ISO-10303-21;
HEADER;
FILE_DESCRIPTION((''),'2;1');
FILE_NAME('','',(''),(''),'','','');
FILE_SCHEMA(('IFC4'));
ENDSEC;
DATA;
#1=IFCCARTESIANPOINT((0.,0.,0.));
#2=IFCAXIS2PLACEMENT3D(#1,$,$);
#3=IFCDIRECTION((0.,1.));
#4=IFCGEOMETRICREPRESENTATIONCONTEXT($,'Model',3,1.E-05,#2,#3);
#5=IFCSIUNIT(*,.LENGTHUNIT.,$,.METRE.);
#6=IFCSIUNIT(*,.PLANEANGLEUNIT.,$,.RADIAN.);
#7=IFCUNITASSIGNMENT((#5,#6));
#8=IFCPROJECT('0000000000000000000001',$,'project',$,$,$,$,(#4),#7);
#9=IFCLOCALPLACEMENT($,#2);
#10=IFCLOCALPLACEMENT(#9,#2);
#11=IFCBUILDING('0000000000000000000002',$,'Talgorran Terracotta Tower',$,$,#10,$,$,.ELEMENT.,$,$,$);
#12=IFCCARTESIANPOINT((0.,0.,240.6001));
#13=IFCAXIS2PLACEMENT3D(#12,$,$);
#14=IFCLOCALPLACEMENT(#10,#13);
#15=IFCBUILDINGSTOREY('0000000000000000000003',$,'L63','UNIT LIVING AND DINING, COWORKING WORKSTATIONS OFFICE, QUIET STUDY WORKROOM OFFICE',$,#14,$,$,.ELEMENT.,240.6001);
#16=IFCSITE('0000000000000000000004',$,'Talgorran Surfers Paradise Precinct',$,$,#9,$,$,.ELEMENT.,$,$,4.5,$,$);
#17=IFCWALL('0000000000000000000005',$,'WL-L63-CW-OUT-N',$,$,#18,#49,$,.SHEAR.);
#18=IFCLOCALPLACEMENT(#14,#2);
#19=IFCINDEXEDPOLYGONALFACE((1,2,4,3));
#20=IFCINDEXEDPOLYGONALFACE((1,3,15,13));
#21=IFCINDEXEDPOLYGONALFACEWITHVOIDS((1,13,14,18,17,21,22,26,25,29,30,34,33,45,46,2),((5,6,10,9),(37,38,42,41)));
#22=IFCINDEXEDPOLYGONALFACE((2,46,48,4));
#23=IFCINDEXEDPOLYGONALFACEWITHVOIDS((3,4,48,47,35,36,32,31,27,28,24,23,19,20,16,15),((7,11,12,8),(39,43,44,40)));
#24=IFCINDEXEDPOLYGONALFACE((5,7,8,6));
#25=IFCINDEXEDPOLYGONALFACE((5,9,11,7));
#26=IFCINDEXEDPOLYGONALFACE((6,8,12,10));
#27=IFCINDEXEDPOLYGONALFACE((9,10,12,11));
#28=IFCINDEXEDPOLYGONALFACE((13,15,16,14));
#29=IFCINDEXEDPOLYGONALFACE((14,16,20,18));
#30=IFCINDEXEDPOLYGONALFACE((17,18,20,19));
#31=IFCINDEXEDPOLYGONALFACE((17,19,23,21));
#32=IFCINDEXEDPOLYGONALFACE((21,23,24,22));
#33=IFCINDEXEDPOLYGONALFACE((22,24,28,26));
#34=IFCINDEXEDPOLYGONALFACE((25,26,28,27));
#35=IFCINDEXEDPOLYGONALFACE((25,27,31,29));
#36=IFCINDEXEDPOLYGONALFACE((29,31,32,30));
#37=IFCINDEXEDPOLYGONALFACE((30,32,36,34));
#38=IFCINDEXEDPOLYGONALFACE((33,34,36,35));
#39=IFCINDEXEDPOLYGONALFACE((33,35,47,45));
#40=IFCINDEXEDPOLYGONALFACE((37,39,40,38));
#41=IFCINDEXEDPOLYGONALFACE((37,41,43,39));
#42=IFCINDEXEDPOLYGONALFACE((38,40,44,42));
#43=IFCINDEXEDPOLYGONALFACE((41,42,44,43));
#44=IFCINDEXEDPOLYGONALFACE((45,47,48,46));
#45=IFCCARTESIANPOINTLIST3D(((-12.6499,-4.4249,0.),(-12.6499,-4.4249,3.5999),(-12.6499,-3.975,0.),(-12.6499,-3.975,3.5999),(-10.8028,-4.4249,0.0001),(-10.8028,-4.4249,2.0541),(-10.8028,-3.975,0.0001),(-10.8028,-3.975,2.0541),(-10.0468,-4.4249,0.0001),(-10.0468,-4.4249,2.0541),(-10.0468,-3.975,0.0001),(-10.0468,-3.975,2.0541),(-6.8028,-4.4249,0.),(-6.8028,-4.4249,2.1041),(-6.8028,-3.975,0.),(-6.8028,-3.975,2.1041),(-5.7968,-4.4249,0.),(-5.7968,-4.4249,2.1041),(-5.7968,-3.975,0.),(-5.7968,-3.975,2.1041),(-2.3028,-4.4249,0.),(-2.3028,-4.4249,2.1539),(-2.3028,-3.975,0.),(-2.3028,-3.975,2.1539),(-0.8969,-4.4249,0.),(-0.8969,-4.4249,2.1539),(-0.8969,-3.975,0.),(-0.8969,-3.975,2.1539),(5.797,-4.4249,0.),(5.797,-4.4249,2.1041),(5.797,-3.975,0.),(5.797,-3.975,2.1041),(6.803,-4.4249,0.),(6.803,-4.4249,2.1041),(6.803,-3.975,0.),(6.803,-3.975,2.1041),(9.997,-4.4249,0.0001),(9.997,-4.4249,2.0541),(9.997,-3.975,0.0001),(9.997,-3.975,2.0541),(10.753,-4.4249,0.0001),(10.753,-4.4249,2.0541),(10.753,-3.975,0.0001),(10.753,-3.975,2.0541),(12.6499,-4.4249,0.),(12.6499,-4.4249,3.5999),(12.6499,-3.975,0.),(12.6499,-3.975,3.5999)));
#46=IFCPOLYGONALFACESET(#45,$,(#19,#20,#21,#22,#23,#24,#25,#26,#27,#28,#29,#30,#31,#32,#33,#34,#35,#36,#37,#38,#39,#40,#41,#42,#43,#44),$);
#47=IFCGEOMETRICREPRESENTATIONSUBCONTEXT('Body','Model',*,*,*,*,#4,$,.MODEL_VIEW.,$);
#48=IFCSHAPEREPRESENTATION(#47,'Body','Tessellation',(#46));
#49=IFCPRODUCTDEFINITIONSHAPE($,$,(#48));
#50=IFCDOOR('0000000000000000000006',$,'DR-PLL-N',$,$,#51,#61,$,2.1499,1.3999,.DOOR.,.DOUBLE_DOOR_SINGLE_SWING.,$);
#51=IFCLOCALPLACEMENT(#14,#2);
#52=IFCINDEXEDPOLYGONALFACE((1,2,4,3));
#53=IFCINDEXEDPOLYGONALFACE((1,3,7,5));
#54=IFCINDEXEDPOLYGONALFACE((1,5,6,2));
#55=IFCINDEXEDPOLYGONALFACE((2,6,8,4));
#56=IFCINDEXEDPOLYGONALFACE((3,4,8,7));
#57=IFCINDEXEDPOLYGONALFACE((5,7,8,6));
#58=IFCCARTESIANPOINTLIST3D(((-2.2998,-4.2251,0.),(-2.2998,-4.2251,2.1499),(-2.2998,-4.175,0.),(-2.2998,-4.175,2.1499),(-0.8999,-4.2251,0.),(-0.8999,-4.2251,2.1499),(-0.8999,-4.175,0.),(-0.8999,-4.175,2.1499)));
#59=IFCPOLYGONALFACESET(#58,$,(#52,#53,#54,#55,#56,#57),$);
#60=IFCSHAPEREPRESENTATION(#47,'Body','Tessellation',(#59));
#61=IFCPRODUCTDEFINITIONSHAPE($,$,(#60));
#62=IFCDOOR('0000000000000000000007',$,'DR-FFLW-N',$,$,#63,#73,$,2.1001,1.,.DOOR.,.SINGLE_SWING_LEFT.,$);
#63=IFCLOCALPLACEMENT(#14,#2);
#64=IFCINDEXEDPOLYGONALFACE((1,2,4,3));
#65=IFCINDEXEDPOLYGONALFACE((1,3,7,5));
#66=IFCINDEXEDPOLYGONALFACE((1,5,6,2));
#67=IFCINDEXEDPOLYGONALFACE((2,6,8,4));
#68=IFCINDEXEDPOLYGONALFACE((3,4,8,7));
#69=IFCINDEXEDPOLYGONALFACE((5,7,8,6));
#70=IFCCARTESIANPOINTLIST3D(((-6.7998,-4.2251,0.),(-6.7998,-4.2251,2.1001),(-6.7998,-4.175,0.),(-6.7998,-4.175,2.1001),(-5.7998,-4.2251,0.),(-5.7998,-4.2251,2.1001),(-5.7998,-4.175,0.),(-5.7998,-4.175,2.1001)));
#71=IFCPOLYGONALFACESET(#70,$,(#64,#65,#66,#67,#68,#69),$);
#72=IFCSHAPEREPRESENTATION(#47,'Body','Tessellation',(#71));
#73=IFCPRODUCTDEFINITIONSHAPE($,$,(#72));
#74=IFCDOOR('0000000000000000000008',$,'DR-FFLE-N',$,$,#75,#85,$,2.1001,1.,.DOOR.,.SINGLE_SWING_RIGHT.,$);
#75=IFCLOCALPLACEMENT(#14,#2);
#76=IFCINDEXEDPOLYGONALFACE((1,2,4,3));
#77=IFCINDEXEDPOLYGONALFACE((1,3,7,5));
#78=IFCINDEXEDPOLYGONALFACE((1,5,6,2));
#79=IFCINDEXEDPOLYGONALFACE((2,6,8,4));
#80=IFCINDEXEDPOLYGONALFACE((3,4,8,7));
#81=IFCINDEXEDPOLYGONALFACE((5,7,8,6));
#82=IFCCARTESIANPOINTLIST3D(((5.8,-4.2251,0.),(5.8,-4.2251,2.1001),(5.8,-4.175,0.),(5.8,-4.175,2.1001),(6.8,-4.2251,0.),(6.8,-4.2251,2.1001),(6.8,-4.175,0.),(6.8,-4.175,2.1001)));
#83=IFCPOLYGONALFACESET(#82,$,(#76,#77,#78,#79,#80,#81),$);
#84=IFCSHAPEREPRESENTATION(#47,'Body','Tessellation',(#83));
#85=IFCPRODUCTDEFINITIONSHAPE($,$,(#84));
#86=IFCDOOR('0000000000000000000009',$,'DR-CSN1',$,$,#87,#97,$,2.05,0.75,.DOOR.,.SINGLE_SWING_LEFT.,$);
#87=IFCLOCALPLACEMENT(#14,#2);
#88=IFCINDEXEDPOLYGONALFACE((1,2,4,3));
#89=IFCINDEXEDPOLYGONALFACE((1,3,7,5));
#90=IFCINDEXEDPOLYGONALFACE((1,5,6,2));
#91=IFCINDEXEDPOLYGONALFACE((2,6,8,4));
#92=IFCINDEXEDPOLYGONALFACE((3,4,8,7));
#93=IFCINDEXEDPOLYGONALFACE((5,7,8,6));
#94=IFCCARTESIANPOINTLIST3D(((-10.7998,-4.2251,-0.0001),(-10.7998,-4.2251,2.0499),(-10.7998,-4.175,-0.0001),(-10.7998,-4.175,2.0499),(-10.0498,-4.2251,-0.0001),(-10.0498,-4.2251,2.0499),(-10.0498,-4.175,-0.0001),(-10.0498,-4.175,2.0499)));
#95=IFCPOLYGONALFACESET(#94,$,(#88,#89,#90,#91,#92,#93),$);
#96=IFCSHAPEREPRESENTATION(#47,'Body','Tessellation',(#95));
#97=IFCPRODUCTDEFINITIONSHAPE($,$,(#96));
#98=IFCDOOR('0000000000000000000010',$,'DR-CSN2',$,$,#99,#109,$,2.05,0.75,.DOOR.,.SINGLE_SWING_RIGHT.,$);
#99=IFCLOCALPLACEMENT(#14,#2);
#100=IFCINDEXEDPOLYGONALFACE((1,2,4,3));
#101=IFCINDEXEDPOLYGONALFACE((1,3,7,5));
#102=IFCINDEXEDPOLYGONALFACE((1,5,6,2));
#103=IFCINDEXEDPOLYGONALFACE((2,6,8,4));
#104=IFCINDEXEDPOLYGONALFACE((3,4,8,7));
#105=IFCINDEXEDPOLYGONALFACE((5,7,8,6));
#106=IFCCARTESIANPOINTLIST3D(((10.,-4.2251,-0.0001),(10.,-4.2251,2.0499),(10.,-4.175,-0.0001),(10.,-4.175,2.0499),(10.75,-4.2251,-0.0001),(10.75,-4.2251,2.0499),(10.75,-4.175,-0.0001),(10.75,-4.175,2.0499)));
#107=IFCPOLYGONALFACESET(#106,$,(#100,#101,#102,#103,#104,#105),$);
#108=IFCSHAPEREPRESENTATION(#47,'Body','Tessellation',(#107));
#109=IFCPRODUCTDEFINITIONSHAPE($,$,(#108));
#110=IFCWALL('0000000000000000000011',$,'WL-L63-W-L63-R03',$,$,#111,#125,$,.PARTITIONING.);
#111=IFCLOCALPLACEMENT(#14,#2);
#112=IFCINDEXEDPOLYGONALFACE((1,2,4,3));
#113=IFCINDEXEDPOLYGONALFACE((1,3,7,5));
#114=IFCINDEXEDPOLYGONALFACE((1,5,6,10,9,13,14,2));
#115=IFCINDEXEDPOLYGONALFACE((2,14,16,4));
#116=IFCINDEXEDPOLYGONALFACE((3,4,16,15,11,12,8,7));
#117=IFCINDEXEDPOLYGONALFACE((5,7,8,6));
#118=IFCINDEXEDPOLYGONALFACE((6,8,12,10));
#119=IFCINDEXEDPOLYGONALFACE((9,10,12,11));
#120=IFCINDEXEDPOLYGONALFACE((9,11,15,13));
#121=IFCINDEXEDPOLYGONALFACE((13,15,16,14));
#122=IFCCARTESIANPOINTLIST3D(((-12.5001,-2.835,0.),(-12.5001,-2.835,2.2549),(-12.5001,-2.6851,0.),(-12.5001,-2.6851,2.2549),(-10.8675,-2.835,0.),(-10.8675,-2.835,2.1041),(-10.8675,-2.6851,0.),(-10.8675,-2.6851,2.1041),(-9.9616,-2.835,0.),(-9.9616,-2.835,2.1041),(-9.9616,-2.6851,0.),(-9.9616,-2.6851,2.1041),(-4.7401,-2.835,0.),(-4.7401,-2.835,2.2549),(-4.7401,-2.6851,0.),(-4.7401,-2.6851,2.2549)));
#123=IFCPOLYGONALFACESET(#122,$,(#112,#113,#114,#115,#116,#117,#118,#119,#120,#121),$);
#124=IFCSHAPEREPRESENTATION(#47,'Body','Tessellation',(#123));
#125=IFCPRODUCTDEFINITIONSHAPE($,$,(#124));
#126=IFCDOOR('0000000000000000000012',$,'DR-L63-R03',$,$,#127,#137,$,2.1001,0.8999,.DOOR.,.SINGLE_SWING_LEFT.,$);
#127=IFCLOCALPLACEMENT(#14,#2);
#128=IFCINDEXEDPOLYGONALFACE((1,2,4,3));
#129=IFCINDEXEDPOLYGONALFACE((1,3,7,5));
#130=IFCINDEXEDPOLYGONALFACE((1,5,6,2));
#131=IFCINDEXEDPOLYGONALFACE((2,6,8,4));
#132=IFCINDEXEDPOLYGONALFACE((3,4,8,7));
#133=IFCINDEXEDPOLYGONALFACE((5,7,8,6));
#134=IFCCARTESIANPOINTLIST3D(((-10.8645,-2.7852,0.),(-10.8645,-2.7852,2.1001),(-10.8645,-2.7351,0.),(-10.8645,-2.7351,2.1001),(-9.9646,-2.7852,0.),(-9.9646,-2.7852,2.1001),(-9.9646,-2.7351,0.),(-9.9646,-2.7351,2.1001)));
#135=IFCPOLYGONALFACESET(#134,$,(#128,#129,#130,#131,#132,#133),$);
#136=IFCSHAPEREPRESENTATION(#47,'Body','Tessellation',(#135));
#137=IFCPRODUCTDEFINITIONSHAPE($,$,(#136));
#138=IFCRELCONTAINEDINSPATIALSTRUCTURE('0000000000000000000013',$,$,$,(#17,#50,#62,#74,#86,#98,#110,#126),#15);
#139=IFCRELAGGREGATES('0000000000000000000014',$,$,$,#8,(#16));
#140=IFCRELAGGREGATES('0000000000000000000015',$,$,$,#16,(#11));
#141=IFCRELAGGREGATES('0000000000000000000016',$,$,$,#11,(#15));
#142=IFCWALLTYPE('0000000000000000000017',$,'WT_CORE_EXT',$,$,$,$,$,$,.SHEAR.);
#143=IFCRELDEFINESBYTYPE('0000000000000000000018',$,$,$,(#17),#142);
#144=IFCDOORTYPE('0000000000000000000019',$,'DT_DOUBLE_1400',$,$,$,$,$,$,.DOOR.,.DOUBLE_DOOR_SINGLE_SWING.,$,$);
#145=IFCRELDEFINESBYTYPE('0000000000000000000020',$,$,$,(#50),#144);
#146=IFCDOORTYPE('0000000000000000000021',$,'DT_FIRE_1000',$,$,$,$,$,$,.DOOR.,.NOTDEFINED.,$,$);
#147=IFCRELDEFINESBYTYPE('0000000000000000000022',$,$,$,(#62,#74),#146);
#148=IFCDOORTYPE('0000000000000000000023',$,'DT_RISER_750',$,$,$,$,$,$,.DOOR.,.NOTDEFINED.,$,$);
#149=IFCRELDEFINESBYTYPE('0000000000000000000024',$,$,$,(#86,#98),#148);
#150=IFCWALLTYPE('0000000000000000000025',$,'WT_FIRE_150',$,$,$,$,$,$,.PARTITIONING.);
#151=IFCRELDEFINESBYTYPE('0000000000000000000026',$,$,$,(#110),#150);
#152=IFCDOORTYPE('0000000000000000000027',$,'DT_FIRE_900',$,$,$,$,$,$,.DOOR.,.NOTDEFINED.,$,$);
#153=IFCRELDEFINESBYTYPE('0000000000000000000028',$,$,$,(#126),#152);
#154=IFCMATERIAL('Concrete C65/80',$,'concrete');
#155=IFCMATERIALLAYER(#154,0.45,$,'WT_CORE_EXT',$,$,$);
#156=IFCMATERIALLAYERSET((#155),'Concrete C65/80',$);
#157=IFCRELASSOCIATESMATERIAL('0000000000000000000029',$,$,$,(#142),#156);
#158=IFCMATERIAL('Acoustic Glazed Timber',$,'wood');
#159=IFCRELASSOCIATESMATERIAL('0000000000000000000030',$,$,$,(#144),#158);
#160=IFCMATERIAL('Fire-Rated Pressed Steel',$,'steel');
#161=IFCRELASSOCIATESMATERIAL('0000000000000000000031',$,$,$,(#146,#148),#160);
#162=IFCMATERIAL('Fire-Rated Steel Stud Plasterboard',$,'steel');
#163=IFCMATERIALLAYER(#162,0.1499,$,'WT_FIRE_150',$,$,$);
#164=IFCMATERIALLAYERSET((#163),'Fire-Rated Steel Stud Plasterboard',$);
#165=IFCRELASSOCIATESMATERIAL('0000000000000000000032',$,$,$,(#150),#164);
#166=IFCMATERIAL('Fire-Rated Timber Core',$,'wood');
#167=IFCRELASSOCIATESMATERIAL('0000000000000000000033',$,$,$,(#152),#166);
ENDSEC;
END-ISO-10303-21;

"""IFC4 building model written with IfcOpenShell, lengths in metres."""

from ifc_helpers import new_model, si_unit, direction, frame, frame_2d, origin, place, context, subcontext, project, spatial, rectangle, extrude, material, layer, layer_set, type_object, element, fill, save


model = new_model("IFC4")

# Units and contexts
model_context = context("Model", 3, precision=1e-05, world=origin(), true_north=direction((0.0, 1.0)))
body_context = subcontext(model_context, "Body", "Model", "MODEL_VIEW")
ifc_project = project(units=[si_unit("LENGTHUNIT", "METRE"), si_unit("PLANEANGLEUNIT", "RADIAN")], contexts=[model_context])

# Site, building, storey
site_placement = place(None, origin())
site = spatial("IfcSite", under=ifc_project, at=site_placement, Name="Talgorran Surfers Paradise Precinct", CompositionType="ELEMENT", RefElevation=4.5)
building_placement = place(site_placement, origin())
building = spatial("IfcBuilding", under=site, at=building_placement, Name="Talgorran Terracotta Tower", CompositionType="ELEMENT")
storey_placement = place(building_placement, frame((0.0, 0.0, 240.6001)))
storey = spatial("IfcBuildingStorey", under=building, at=storey_placement, Name="L63", Description="UNIT LIVING AND DINING, COWORKING WORKSTATIONS OFFICE, QUIET STUDY WORKROOM OFFICE", CompositionType="ELEMENT", Elevation=240.6001)

# Wall, openings, doors
ifc_material_1 = material(Name="Concrete C65/80", Category="concrete")
ifc_layer_1 = layer(ifc_material_1, 0.45, Name="WT_CORE_EXT")
ifc_layer_set_1 = layer_set([ifc_layer_1], Name="Concrete C65/80")
wall_type_1 = type_object("IfcWallType", Name="WT_CORE_EXT", PredefinedType="SHEAR", material=ifc_layer_set_1)
wall_1_placement = place(storey_placement, frame((-12.6499, -4.2, 0.0), z_axis=(0.0, 0.0, 1.0), x_axis=(1.0, 0.0, 0.0)))
wall_1 = element("IfcWall", 1, at=wall_1_placement, inside=storey, type_object=wall_type_1, Name="WL-L63-CW-OUT-N", PredefinedType="SHEAR", context=body_context, shape_type="SweptSolid", body=[
    extrude(rectangle(XDim=25.2998, YDim=0.45, at=frame_2d((12.6499, 0.0))), origin(), (0.0, 0.0, 1.0), 3.5999),
])
opening_1_placement = place(wall_1_placement, frame((1.8501, 0.0, 0.0)))
opening_1 = element("IfcOpeningElement", 2, at=opening_1_placement, cuts=wall_1, PredefinedType="OPENING", context=body_context, shape_type="SweptSolid", body=[
    extrude(rectangle(XDim=0.756, YDim=2.054, at=frame_2d((0.375, 1.0271))), frame((0.0, 0.2349, 0.0), z_axis=(0.0, -1.0, 0.0), x_axis=(1.0, 0.0, 0.0)), (0.0, 0.0, 1.0), 0.47),
])
opening_2_placement = place(wall_1_placement, frame((22.6499, 0.0, 0.0)))
opening_2 = element("IfcOpeningElement", 3, at=opening_2_placement, cuts=wall_1, PredefinedType="OPENING", context=body_context, shape_type="SweptSolid", body=[
    extrude(rectangle(XDim=0.756, YDim=2.054, at=frame_2d((0.375, 1.0271))), frame((0.0, 0.2349, 0.0), z_axis=(0.0, -1.0, 0.0), x_axis=(1.0, 0.0, 0.0)), (0.0, 0.0, 1.0), 0.47),
])
opening_3_placement = place(wall_1_placement, frame((5.8501, 0.0, 0.0)))
opening_3 = element("IfcOpeningElement", 4, at=opening_3_placement, cuts=wall_1, PredefinedType="OPENING", context=body_context, shape_type="SweptSolid", body=[
    extrude(rectangle(XDim=1.006, YDim=2.1041, at=frame_2d((0.5, 1.052))), frame((0.0, 0.2349, 0.0), z_axis=(0.0, -1.0, 0.0), x_axis=(1.0, 0.0, 0.0)), (0.0, 0.0, 1.0), 0.47),
])
opening_4_placement = place(wall_1_placement, frame((10.3501, 0.0, 0.0)))
opening_4 = element("IfcOpeningElement", 5, at=opening_4_placement, cuts=wall_1, PredefinedType="OPENING", context=body_context, shape_type="SweptSolid", body=[
    extrude(rectangle(XDim=1.4059, YDim=2.1539, at=frame_2d((0.7, 1.0769))), frame((0.0, 0.2349, 0.0), z_axis=(0.0, -1.0, 0.0), x_axis=(1.0, 0.0, 0.0)), (0.0, 0.0, 1.0), 0.47),
])
opening_5_placement = place(wall_1_placement, frame((18.45, 0.0, 0.0)))
opening_5 = element("IfcOpeningElement", 6, at=opening_5_placement, cuts=wall_1, PredefinedType="OPENING", context=body_context, shape_type="SweptSolid", body=[
    extrude(rectangle(XDim=1.006, YDim=2.1041, at=frame_2d((0.5, 1.052))), frame((0.0, 0.2349, 0.0), z_axis=(0.0, -1.0, 0.0), x_axis=(1.0, 0.0, 0.0)), (0.0, 0.0, 1.0), 0.47),
])
ifc_material_2 = material(Name="Acoustic Glazed Timber", Category="wood")
door_type_1 = type_object("IfcDoorType", Name="DT_DOUBLE_1400", OperationType="DOUBLE_DOOR_SINGLE_SWING", PredefinedType="DOOR", material=ifc_material_2)
door_1_placement = place(opening_4_placement, origin())
door_1 = element("IfcDoor", 7, at=door_1_placement, inside=storey, type_object=door_type_1, Name="DR-PLL-N", OperationType="DOUBLE_DOOR_SINGLE_SWING", OverallHeight=2.1499, OverallWidth=1.3999, PredefinedType="DOOR", context=body_context, shape_type="SweptSolid", body=[
    extrude(rectangle(XDim=1.3999, YDim=2.1499, at=frame_2d((0.7, 1.075))), frame((0.0, 0.0249, 0.0), z_axis=(0.0, -1.0, 0.0), x_axis=(1.0, 0.0, 0.0)), (0.0, 0.0, 1.0), 0.05),
])
fill(opening_4, door_1)
ifc_material_3 = material(Name="Fire-Rated Pressed Steel", Category="steel")
door_type_2 = type_object("IfcDoorType", Name="DT_FIRE_1000", OperationType="NOTDEFINED", PredefinedType="DOOR", material=ifc_material_3)
door_2_placement = place(opening_3_placement, origin())
door_2 = element("IfcDoor", 8, at=door_2_placement, inside=storey, type_object=door_type_2, Name="DR-FFLW-N", OperationType="SINGLE_SWING_LEFT", OverallHeight=2.1001, OverallWidth=1.0, PredefinedType="DOOR", context=body_context, shape_type="SweptSolid", body=[
    extrude(rectangle(XDim=1.0, YDim=2.1001, at=frame_2d((0.5, 1.05))), frame((0.0, 0.0249, 0.0), z_axis=(0.0, -1.0, 0.0), x_axis=(1.0, 0.0, 0.0)), (0.0, 0.0, 1.0), 0.05),
])
fill(opening_3, door_2)
door_3_placement = place(opening_5_placement, origin())
door_3 = element("IfcDoor", 9, at=door_3_placement, inside=storey, type_object=door_type_2, Name="DR-FFLE-N", OperationType="SINGLE_SWING_RIGHT", OverallHeight=2.1001, OverallWidth=1.0, PredefinedType="DOOR", context=body_context, shape_type="SweptSolid", body=[
    extrude(rectangle(XDim=1.0, YDim=2.1001, at=frame_2d((0.5, 1.05))), frame((0.0, 0.0249, 0.0), z_axis=(0.0, -1.0, 0.0), x_axis=(1.0, 0.0, 0.0)), (0.0, 0.0, 1.0), 0.05),
])
fill(opening_5, door_3)
door_type_3 = type_object("IfcDoorType", Name="DT_RISER_750", OperationType="NOTDEFINED", PredefinedType="DOOR", material=ifc_material_3)
door_4_placement = place(opening_1_placement, origin())
door_4 = element("IfcDoor", 10, at=door_4_placement, inside=storey, type_object=door_type_3, Name="DR-CSN1", OperationType="SINGLE_SWING_LEFT", OverallHeight=2.05, OverallWidth=0.75, PredefinedType="DOOR", context=body_context, shape_type="SweptSolid", body=[
    extrude(rectangle(XDim=0.75, YDim=2.05, at=frame_2d((0.375, 1.0249))), frame((0.0, 0.0249, 0.0), z_axis=(0.0, -1.0, 0.0), x_axis=(1.0, 0.0, 0.0)), (0.0, 0.0, 1.0), 0.05),
])
fill(opening_1, door_4)
door_5_placement = place(opening_2_placement, origin())
door_5 = element("IfcDoor", 11, at=door_5_placement, inside=storey, type_object=door_type_3, Name="DR-CSN2", OperationType="SINGLE_SWING_RIGHT", OverallHeight=2.05, OverallWidth=0.75, PredefinedType="DOOR", context=body_context, shape_type="SweptSolid", body=[
    extrude(rectangle(XDim=0.75, YDim=2.05, at=frame_2d((0.375, 1.0249))), frame((0.0, 0.0249, 0.0), z_axis=(0.0, -1.0, 0.0), x_axis=(1.0, 0.0, 0.0)), (0.0, 0.0, 1.0), 0.05),
])
fill(opening_2, door_5)

# Wall, opening, door
ifc_material_4 = material(Name="Fire-Rated Steel Stud Plasterboard", Category="steel")
ifc_layer_2 = layer(ifc_material_4, 0.1499, Name="WT_FIRE_150")
ifc_layer_set_2 = layer_set([ifc_layer_2], Name="Fire-Rated Steel Stud Plasterboard")
wall_type_2 = type_object("IfcWallType", Name="WT_FIRE_150", PredefinedType="PARTITIONING", material=ifc_layer_set_2)
wall_2_placement = place(storey_placement, frame((-12.5, -2.76, 0.0), z_axis=(0.0, 0.0, 1.0), x_axis=(1.0, 0.0, 0.0)))
wall_2 = element("IfcWall", 12, at=wall_2_placement, inside=storey, type_object=wall_type_2, Name="WL-L63-W-L63-R03", PredefinedType="PARTITIONING", context=body_context, shape_type="SweptSolid", body=[
    extrude(rectangle(XDim=7.76, YDim=0.1499, at=frame_2d((3.8799, 0.0))), origin(), (0.0, 0.0, 1.0), 2.2549),
])
opening_6_placement = place(wall_2_placement, frame((1.6355, 0.0, 0.0)))
opening_6 = element("IfcOpeningElement", 13, at=opening_6_placement, cuts=wall_2, PredefinedType="OPENING", context=body_context, shape_type="SweptSolid", body=[
    extrude(rectangle(XDim=0.9059, YDim=2.1041, at=frame_2d((0.45, 1.052))), frame((0.0, 0.085, 0.0), z_axis=(0.0, -1.0, 0.0), x_axis=(1.0, 0.0, 0.0)), (0.0, 0.0, 1.0), 0.1699),
])
ifc_material_5 = material(Name="Fire-Rated Timber Core", Category="wood")
door_type_4 = type_object("IfcDoorType", Name="DT_FIRE_900", OperationType="NOTDEFINED", PredefinedType="DOOR", material=ifc_material_5)
door_6_placement = place(opening_6_placement, origin())
door_6 = element("IfcDoor", 14, at=door_6_placement, inside=storey, type_object=door_type_4, Name="DR-L63-R03", OperationType="SINGLE_SWING_LEFT", OverallHeight=2.1001, OverallWidth=0.8999, PredefinedType="DOOR", context=body_context, shape_type="SweptSolid", body=[
    extrude(rectangle(XDim=0.8999, YDim=2.1001, at=frame_2d((0.45, 1.05))), frame((0.0, 0.0249, 0.0), z_axis=(0.0, -1.0, 0.0), x_axis=(1.0, 0.0, 0.0)), (0.0, 0.0, 1.0), 0.05),
])
fill(opening_6, door_6)

save(model, "model.ifc")
